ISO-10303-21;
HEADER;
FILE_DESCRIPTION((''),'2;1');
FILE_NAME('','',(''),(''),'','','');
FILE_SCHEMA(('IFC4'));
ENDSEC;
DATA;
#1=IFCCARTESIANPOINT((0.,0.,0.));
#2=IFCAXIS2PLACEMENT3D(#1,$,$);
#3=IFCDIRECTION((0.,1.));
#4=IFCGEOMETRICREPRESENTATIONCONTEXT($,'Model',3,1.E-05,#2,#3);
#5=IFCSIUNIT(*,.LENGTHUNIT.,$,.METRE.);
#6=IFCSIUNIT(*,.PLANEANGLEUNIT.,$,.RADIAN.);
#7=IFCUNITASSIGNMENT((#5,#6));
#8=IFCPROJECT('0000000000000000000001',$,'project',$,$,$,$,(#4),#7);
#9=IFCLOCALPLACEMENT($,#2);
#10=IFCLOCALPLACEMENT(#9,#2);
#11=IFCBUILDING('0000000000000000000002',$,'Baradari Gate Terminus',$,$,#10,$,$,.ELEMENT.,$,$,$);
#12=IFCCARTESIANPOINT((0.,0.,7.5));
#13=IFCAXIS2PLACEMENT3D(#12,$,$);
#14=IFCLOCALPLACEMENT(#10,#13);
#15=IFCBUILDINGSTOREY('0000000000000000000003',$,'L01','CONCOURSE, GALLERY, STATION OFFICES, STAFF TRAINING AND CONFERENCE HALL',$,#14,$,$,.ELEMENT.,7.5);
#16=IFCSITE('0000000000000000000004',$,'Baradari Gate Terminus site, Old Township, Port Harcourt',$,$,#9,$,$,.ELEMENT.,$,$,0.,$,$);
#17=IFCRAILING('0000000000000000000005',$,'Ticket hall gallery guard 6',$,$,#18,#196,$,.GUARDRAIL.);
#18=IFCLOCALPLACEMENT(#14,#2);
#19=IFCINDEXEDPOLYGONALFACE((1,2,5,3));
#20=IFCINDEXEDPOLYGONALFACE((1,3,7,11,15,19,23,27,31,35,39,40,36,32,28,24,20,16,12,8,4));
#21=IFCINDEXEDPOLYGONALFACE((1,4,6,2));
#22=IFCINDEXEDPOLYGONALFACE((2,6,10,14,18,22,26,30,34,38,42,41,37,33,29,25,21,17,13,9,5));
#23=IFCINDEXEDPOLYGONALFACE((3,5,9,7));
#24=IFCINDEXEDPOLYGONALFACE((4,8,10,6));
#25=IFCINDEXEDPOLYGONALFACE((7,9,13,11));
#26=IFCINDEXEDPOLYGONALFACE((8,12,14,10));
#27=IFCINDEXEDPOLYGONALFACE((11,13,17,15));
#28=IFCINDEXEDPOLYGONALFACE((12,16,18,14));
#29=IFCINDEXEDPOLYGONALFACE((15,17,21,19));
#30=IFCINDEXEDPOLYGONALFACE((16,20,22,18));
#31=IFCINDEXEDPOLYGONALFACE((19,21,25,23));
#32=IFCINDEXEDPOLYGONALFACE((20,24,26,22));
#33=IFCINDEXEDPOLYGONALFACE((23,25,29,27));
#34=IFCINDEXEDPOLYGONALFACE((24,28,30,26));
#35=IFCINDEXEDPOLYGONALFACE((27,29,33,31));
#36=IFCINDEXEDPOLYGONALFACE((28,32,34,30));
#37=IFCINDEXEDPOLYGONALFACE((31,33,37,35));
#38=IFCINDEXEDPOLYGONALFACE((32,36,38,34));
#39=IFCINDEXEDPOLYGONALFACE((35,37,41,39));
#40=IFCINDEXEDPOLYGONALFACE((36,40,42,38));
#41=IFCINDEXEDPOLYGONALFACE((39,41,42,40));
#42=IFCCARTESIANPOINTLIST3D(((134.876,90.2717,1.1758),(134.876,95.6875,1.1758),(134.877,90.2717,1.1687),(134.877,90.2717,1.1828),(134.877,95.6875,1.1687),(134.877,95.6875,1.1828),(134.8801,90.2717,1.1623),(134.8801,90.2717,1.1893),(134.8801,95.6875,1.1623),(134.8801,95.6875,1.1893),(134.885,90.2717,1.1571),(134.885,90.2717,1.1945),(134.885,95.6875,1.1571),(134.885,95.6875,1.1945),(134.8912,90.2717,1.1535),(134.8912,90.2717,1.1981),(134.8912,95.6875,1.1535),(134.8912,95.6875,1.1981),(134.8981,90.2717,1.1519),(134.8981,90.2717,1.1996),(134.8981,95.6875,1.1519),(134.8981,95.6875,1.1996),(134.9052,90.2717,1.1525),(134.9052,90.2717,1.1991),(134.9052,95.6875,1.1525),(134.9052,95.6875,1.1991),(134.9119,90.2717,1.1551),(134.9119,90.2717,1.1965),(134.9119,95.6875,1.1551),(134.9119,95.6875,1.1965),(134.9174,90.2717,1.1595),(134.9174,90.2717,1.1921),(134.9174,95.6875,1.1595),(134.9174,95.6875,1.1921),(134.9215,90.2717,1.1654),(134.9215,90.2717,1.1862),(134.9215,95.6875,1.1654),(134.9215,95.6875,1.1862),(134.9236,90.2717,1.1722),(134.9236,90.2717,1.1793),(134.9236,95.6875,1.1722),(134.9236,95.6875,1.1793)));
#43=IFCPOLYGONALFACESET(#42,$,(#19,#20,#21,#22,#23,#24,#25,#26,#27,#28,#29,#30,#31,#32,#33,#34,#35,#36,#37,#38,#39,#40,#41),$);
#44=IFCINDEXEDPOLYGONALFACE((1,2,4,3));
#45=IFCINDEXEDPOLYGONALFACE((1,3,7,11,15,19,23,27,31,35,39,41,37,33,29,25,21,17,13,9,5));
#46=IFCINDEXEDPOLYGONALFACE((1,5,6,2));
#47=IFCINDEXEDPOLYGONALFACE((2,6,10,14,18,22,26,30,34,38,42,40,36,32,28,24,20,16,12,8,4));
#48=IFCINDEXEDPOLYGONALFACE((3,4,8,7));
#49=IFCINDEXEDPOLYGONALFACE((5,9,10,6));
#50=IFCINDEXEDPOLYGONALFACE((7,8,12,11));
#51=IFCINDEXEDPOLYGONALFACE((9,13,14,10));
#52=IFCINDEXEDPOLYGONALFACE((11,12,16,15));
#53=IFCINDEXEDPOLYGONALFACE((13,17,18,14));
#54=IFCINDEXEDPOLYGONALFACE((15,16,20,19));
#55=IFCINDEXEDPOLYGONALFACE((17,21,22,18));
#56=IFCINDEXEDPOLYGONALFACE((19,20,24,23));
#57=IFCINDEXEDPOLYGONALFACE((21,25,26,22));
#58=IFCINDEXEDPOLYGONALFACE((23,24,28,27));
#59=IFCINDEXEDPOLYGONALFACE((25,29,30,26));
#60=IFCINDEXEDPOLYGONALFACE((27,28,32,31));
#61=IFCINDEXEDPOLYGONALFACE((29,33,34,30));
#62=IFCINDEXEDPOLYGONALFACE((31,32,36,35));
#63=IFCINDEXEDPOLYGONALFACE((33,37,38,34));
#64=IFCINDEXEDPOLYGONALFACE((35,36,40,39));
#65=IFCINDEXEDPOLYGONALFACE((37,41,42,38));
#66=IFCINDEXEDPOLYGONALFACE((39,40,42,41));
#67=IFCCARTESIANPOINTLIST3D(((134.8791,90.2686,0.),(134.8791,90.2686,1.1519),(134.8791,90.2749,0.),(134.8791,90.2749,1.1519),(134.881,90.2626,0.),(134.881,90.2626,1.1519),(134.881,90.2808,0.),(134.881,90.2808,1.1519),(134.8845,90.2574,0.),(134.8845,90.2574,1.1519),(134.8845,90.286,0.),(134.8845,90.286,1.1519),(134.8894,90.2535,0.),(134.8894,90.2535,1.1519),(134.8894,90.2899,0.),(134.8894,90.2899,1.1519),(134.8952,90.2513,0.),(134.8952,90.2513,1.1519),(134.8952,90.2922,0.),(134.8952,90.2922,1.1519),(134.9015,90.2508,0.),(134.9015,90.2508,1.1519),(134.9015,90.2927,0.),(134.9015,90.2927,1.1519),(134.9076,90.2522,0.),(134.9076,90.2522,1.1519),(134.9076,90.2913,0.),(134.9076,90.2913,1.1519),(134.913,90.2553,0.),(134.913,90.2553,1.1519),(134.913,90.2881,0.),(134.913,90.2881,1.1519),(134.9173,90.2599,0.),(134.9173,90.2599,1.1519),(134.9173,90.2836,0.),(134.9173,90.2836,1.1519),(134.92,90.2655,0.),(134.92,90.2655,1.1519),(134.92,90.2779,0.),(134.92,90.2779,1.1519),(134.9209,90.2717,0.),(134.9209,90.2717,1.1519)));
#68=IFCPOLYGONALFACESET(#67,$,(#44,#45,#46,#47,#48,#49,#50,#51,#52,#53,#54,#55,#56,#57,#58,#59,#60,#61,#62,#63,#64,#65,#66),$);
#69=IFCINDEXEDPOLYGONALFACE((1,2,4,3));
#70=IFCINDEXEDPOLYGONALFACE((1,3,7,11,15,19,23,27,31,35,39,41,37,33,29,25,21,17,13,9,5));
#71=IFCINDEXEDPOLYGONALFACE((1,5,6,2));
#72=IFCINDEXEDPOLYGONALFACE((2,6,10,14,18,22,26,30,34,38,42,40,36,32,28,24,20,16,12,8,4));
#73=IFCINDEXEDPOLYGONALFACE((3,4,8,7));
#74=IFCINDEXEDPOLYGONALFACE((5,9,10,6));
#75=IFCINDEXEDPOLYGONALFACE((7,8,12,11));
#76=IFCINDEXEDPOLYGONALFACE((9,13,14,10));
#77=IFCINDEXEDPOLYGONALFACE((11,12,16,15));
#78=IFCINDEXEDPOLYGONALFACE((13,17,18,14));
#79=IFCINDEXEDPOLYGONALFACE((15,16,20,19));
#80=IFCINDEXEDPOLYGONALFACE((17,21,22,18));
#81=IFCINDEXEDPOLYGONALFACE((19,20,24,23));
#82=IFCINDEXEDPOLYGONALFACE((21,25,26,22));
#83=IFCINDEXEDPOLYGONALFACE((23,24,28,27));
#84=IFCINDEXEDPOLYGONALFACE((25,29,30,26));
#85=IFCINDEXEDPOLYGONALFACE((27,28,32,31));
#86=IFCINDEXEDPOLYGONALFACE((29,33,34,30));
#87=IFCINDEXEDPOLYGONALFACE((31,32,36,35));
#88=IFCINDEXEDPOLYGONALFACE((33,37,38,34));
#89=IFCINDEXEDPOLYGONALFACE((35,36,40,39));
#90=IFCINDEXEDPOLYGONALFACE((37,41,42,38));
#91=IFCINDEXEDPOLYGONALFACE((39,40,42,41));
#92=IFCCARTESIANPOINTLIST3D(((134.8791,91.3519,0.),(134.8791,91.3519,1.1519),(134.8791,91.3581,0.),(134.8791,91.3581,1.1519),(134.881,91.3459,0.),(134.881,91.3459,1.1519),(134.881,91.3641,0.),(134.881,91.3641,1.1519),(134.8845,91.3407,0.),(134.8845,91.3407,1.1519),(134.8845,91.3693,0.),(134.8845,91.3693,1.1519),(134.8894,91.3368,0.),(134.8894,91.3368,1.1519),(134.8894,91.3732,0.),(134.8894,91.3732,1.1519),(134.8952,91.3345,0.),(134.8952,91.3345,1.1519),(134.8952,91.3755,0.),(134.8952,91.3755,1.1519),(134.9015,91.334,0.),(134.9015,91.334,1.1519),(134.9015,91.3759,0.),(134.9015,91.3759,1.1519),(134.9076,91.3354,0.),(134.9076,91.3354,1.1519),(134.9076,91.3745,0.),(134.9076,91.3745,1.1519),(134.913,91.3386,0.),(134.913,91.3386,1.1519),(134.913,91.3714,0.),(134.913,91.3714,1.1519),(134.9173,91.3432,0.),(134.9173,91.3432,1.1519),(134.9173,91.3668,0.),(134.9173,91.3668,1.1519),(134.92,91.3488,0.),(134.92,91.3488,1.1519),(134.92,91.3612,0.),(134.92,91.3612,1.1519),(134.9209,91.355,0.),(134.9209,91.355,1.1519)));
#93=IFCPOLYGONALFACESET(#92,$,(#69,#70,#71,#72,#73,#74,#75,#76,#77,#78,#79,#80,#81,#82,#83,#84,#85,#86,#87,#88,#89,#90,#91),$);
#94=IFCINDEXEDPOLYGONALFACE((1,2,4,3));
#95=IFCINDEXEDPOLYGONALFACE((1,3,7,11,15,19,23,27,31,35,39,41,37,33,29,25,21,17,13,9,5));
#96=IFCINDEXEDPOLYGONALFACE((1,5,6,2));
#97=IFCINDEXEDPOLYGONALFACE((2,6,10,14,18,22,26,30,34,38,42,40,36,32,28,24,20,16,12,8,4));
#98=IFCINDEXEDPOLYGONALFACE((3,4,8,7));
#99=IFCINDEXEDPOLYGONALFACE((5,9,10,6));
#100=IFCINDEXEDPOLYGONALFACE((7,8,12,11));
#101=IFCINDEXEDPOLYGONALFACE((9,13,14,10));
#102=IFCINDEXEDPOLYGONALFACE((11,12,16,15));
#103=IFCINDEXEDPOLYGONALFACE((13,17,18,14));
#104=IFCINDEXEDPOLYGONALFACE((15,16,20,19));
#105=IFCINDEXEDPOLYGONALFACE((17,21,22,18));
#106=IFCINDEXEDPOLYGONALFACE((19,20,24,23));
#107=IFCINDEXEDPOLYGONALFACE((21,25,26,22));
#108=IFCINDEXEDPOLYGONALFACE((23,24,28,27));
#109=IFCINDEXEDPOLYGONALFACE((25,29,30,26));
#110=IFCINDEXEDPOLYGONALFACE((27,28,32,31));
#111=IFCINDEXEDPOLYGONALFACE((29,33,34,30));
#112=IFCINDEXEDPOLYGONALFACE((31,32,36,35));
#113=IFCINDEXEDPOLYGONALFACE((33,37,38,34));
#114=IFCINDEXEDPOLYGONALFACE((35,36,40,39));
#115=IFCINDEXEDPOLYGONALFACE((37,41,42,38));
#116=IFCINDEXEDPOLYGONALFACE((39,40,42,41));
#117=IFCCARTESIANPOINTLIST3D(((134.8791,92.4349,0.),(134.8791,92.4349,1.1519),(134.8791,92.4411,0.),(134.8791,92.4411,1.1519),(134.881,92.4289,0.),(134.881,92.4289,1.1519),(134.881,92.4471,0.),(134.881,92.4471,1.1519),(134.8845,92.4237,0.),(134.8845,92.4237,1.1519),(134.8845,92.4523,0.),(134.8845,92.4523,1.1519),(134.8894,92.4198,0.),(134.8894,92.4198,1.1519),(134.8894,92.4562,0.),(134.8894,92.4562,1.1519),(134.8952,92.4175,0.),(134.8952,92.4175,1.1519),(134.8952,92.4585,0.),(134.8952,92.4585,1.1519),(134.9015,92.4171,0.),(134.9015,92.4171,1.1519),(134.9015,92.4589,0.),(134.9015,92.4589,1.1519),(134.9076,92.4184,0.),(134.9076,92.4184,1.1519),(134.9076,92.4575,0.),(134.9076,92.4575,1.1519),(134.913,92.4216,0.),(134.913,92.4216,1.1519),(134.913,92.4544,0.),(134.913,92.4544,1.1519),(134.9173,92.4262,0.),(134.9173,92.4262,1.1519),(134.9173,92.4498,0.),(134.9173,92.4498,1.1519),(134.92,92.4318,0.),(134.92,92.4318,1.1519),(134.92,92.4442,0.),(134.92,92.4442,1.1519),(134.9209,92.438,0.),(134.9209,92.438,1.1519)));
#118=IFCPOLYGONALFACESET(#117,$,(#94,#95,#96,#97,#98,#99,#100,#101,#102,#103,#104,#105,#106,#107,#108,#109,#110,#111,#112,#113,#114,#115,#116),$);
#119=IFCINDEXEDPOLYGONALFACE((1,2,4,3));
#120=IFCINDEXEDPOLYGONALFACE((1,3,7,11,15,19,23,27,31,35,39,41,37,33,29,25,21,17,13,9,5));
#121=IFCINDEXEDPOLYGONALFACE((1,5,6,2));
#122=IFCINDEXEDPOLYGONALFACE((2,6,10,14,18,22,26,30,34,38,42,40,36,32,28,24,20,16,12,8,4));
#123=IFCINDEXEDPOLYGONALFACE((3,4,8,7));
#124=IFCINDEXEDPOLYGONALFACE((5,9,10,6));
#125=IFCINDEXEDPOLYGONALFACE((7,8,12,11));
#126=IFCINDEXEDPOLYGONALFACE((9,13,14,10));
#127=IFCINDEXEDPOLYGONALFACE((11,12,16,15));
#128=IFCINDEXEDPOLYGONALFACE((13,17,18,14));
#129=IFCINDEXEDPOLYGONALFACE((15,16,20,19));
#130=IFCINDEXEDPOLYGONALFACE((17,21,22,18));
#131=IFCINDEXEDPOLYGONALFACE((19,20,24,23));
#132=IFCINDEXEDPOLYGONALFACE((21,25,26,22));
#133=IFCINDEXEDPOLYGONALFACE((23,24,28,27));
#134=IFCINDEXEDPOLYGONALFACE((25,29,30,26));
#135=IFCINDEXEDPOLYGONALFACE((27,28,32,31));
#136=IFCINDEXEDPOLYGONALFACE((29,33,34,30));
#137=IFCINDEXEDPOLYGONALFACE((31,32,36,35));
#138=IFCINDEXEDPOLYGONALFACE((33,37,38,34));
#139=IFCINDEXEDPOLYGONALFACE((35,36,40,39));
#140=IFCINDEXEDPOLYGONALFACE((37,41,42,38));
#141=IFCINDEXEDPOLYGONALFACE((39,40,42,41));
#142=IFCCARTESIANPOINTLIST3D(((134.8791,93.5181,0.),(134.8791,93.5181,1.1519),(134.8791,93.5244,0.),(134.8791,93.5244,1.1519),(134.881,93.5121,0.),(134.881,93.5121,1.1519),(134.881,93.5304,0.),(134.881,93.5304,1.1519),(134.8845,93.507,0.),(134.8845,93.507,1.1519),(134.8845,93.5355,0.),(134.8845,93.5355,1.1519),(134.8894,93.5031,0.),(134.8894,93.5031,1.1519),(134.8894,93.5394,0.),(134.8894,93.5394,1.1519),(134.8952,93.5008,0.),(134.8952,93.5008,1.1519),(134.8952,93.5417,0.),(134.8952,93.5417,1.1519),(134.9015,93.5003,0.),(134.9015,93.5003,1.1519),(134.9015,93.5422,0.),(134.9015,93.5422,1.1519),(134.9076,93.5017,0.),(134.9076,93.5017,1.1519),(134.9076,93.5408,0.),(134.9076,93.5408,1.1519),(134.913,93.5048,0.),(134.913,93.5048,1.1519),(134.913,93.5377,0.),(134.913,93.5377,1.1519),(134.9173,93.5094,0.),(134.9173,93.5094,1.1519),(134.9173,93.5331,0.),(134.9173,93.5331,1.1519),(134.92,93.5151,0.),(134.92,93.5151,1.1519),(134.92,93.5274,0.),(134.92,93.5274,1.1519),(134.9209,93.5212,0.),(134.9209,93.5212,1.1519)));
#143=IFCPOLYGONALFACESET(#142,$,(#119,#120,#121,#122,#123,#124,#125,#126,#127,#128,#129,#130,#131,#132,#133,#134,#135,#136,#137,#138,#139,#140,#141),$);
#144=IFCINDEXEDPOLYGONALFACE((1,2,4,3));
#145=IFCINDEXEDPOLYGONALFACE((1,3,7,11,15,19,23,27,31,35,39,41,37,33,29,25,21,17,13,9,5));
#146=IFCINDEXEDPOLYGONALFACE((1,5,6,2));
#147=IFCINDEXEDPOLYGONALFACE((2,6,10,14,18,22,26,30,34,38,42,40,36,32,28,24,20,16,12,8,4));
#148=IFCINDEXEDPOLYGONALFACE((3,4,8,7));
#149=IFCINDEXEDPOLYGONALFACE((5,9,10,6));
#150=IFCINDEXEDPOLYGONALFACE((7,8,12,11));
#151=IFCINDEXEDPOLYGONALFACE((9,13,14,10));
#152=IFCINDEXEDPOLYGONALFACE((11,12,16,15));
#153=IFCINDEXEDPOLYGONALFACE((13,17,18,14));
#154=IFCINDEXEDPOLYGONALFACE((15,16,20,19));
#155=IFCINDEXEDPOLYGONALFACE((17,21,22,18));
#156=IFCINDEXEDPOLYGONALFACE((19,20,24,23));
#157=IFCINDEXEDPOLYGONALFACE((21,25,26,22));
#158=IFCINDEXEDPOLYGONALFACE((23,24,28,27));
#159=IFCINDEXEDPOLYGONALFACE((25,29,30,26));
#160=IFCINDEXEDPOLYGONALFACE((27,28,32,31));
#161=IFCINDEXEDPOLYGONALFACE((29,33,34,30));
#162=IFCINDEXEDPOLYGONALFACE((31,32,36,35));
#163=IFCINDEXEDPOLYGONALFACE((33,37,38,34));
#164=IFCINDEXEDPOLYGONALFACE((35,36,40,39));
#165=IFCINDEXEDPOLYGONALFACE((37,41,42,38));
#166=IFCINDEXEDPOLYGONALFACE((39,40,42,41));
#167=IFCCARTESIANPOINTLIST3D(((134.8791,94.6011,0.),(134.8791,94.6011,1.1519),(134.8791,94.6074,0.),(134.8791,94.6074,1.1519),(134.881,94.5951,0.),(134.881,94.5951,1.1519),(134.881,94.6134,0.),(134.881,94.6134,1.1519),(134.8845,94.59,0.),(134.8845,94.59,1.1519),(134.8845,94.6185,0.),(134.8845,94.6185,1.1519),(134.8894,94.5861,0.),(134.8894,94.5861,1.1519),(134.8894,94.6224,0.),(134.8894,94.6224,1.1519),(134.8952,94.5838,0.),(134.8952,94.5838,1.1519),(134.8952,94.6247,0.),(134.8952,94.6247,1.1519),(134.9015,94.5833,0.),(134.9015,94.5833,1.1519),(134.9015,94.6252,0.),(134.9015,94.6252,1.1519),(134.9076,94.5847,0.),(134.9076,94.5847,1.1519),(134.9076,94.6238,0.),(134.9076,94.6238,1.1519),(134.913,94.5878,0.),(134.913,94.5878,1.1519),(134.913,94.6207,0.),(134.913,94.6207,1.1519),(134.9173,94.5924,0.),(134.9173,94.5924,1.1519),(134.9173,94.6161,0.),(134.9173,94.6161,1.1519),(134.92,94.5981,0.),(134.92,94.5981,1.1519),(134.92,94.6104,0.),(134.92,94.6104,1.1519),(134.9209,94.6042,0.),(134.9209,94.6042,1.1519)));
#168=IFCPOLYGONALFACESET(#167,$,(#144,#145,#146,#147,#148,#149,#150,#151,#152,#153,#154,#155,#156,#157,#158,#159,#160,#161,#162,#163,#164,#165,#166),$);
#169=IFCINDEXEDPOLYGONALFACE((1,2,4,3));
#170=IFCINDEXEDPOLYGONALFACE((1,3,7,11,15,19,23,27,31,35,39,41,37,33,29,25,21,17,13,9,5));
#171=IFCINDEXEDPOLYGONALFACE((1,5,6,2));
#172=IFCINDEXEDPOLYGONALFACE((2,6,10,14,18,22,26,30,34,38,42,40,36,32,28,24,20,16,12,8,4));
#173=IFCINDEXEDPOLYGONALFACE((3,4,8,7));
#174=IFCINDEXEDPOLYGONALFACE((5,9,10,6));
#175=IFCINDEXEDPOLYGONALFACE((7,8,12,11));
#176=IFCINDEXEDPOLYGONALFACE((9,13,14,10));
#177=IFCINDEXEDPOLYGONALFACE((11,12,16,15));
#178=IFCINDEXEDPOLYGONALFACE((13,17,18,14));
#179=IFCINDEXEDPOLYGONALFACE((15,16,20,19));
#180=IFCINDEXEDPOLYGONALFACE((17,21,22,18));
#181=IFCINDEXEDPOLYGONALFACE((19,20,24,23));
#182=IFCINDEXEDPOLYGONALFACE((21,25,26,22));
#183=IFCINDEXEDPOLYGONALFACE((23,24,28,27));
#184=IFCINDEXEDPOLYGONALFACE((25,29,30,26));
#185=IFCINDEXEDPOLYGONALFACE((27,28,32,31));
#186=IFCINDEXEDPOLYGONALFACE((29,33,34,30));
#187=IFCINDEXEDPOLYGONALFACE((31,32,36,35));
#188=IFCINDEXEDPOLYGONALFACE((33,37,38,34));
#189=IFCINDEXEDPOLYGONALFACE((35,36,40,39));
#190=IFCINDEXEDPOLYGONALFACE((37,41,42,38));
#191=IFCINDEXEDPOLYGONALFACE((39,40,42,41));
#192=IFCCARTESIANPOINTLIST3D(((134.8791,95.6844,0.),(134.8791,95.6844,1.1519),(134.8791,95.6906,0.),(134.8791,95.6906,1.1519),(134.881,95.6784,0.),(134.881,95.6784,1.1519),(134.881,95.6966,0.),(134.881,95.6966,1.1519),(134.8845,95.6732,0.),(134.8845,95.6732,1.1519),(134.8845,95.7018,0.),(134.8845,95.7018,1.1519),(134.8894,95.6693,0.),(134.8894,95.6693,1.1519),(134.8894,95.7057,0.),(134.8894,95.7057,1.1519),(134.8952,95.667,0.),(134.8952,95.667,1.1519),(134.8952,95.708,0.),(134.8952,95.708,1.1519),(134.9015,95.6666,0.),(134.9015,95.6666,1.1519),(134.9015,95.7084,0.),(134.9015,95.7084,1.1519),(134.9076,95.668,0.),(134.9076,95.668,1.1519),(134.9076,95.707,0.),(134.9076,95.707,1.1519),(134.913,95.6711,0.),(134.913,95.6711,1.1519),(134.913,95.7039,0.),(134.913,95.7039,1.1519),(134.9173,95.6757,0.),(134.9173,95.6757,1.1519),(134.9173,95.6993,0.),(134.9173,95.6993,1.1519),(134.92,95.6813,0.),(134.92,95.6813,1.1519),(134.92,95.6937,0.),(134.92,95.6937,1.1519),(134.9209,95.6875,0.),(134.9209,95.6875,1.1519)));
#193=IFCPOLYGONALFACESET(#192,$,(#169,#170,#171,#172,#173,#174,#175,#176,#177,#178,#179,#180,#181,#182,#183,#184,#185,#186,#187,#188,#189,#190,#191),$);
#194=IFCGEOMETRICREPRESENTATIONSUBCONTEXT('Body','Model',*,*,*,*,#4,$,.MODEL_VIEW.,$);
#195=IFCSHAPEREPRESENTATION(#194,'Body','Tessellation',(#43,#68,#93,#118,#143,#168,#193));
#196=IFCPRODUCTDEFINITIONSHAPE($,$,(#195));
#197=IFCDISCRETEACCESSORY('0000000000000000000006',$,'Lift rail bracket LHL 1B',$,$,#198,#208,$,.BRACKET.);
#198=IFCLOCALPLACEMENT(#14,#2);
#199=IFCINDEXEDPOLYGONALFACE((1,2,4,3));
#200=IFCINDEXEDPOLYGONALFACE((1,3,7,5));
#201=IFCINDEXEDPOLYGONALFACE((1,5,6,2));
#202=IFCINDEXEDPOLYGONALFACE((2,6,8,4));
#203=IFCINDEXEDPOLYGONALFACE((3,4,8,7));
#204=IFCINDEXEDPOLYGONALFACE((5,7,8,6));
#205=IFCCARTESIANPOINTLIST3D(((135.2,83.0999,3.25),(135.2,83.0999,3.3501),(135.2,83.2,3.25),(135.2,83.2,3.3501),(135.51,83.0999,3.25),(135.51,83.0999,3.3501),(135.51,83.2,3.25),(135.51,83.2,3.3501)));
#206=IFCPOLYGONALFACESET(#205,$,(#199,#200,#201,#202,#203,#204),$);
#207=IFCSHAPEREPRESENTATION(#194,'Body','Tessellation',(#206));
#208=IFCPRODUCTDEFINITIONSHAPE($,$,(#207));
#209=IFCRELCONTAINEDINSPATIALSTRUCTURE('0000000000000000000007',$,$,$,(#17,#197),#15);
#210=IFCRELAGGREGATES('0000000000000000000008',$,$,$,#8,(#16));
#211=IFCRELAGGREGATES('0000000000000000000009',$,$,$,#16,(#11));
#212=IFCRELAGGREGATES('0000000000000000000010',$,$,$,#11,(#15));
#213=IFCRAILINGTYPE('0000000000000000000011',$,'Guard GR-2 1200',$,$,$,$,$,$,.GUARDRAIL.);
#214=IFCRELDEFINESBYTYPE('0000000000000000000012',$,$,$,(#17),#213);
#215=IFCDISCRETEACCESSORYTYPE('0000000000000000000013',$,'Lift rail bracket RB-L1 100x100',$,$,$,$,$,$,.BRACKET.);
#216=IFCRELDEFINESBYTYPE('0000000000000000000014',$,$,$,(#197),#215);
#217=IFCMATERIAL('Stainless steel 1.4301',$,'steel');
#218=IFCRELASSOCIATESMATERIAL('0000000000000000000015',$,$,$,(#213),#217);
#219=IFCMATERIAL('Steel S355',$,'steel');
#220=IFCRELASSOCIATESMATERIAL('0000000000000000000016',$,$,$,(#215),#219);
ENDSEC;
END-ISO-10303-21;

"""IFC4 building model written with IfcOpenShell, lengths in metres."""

from ifc_helpers import new_model, si_unit, direction, frame, origin, origin_2d, place, context, subcontext, project, spatial, rectangle, circle, extrude, material, type_object, element, save


model = new_model("IFC4")

# Units and contexts
model_context = context("Model", 3, precision=1e-05, world=origin(), true_north=direction((0.0, 1.0)))
body_context = subcontext(model_context, "Body", "Model", "MODEL_VIEW")
ifc_project = project(units=[si_unit("LENGTHUNIT", "METRE"), si_unit("PLANEANGLEUNIT", "RADIAN")], contexts=[model_context])

# Site, building, storey
site_placement = place(None, origin())
site = spatial("IfcSite", under=ifc_project, at=site_placement, Name="Baradari Gate Terminus site, Old Township, Port Harcourt", CompositionType="ELEMENT", RefElevation=0.0)
building_placement = place(site_placement, origin())
building = spatial("IfcBuilding", under=site, at=building_placement, Name="Baradari Gate Terminus", CompositionType="ELEMENT")
storey_placement = place(building_placement, frame((0.0, 0.0, 7.5)))
storey = spatial("IfcBuildingStorey", under=building, at=storey_placement, Name="L01", Description="CONCOURSE, GALLERY, STATION OFFICES, STAFF TRAINING AND CONFERENCE HALL", CompositionType="ELEMENT", Elevation=7.5)

# Railing
ifc_material_1 = material(Name="Stainless steel 1.4301", Category="steel")
railing_type = type_object("IfcRailingType", Name="Guard GR-2 1200", PredefinedType="GUARDRAIL", material=ifc_material_1)
railing_placement = place(storey_placement, frame((134.8999, 90.2717, 0.0)))
element("IfcRailing", 1, at=railing_placement, inside=storey, type_object=railing_type, Name="Ticket hall gallery guard 6", PredefinedType="GUARDRAIL", context=body_context, shape_type="SweptSolid", body=[
    extrude(circle(Radius=0.0239, at=origin_2d()), frame((0.0, 0.0, 1.1758), z_axis=(0.0, 1.0, 0.0), x_axis=(-1.0, 0.0, 0.0)), (0.0, 0.0, 1.0), 5.4158),
    extrude(circle(Radius=0.021, at=origin_2d()), origin(), (0.0, 0.0, 1.0), 1.1519),
    extrude(circle(Radius=0.021, at=origin_2d()), frame((0.0, 1.0833, 0.0)), (0.0, 0.0, 1.0), 1.1519),
    extrude(circle(Radius=0.021, at=origin_2d()), frame((0.0, 2.1663, 0.0)), (0.0, 0.0, 1.0), 1.1519),
    extrude(circle(Radius=0.021, at=origin_2d()), frame((0.0, 3.2495, 0.0)), (0.0, 0.0, 1.0), 1.1519),
    extrude(circle(Radius=0.021, at=origin_2d()), frame((0.0, 4.3325, 0.0)), (0.0, 0.0, 1.0), 1.1519),
    extrude(circle(Radius=0.021, at=origin_2d()), frame((0.0, 5.4158, 0.0)), (0.0, 0.0, 1.0), 1.1519),
])

# Discrete accessory
ifc_material_2 = material(Name="Steel S355", Category="steel")
discrete_accessory_type = type_object("IfcDiscreteAccessoryType", Name="Lift rail bracket RB-L1 100x100", PredefinedType="BRACKET", material=ifc_material_2)
discrete_accessory_placement = place(storey_placement, frame((135.355, 83.1499, 3.25), z_axis=(0.0, 0.0, 1.0), x_axis=(1.0, 0.0, 0.0)))
element("IfcDiscreteAccessory", 2, at=discrete_accessory_placement, inside=storey, type_object=discrete_accessory_type, Name="Lift rail bracket LHL 1B", PredefinedType="BRACKET", context=body_context, shape_type="SweptSolid", body=[
    extrude(rectangle(XDim=0.3101, YDim=0.1001, at=origin_2d()), origin(), (0.0, 0.0, 1.0), 0.1001),
])

save(model, "model.ifc")
